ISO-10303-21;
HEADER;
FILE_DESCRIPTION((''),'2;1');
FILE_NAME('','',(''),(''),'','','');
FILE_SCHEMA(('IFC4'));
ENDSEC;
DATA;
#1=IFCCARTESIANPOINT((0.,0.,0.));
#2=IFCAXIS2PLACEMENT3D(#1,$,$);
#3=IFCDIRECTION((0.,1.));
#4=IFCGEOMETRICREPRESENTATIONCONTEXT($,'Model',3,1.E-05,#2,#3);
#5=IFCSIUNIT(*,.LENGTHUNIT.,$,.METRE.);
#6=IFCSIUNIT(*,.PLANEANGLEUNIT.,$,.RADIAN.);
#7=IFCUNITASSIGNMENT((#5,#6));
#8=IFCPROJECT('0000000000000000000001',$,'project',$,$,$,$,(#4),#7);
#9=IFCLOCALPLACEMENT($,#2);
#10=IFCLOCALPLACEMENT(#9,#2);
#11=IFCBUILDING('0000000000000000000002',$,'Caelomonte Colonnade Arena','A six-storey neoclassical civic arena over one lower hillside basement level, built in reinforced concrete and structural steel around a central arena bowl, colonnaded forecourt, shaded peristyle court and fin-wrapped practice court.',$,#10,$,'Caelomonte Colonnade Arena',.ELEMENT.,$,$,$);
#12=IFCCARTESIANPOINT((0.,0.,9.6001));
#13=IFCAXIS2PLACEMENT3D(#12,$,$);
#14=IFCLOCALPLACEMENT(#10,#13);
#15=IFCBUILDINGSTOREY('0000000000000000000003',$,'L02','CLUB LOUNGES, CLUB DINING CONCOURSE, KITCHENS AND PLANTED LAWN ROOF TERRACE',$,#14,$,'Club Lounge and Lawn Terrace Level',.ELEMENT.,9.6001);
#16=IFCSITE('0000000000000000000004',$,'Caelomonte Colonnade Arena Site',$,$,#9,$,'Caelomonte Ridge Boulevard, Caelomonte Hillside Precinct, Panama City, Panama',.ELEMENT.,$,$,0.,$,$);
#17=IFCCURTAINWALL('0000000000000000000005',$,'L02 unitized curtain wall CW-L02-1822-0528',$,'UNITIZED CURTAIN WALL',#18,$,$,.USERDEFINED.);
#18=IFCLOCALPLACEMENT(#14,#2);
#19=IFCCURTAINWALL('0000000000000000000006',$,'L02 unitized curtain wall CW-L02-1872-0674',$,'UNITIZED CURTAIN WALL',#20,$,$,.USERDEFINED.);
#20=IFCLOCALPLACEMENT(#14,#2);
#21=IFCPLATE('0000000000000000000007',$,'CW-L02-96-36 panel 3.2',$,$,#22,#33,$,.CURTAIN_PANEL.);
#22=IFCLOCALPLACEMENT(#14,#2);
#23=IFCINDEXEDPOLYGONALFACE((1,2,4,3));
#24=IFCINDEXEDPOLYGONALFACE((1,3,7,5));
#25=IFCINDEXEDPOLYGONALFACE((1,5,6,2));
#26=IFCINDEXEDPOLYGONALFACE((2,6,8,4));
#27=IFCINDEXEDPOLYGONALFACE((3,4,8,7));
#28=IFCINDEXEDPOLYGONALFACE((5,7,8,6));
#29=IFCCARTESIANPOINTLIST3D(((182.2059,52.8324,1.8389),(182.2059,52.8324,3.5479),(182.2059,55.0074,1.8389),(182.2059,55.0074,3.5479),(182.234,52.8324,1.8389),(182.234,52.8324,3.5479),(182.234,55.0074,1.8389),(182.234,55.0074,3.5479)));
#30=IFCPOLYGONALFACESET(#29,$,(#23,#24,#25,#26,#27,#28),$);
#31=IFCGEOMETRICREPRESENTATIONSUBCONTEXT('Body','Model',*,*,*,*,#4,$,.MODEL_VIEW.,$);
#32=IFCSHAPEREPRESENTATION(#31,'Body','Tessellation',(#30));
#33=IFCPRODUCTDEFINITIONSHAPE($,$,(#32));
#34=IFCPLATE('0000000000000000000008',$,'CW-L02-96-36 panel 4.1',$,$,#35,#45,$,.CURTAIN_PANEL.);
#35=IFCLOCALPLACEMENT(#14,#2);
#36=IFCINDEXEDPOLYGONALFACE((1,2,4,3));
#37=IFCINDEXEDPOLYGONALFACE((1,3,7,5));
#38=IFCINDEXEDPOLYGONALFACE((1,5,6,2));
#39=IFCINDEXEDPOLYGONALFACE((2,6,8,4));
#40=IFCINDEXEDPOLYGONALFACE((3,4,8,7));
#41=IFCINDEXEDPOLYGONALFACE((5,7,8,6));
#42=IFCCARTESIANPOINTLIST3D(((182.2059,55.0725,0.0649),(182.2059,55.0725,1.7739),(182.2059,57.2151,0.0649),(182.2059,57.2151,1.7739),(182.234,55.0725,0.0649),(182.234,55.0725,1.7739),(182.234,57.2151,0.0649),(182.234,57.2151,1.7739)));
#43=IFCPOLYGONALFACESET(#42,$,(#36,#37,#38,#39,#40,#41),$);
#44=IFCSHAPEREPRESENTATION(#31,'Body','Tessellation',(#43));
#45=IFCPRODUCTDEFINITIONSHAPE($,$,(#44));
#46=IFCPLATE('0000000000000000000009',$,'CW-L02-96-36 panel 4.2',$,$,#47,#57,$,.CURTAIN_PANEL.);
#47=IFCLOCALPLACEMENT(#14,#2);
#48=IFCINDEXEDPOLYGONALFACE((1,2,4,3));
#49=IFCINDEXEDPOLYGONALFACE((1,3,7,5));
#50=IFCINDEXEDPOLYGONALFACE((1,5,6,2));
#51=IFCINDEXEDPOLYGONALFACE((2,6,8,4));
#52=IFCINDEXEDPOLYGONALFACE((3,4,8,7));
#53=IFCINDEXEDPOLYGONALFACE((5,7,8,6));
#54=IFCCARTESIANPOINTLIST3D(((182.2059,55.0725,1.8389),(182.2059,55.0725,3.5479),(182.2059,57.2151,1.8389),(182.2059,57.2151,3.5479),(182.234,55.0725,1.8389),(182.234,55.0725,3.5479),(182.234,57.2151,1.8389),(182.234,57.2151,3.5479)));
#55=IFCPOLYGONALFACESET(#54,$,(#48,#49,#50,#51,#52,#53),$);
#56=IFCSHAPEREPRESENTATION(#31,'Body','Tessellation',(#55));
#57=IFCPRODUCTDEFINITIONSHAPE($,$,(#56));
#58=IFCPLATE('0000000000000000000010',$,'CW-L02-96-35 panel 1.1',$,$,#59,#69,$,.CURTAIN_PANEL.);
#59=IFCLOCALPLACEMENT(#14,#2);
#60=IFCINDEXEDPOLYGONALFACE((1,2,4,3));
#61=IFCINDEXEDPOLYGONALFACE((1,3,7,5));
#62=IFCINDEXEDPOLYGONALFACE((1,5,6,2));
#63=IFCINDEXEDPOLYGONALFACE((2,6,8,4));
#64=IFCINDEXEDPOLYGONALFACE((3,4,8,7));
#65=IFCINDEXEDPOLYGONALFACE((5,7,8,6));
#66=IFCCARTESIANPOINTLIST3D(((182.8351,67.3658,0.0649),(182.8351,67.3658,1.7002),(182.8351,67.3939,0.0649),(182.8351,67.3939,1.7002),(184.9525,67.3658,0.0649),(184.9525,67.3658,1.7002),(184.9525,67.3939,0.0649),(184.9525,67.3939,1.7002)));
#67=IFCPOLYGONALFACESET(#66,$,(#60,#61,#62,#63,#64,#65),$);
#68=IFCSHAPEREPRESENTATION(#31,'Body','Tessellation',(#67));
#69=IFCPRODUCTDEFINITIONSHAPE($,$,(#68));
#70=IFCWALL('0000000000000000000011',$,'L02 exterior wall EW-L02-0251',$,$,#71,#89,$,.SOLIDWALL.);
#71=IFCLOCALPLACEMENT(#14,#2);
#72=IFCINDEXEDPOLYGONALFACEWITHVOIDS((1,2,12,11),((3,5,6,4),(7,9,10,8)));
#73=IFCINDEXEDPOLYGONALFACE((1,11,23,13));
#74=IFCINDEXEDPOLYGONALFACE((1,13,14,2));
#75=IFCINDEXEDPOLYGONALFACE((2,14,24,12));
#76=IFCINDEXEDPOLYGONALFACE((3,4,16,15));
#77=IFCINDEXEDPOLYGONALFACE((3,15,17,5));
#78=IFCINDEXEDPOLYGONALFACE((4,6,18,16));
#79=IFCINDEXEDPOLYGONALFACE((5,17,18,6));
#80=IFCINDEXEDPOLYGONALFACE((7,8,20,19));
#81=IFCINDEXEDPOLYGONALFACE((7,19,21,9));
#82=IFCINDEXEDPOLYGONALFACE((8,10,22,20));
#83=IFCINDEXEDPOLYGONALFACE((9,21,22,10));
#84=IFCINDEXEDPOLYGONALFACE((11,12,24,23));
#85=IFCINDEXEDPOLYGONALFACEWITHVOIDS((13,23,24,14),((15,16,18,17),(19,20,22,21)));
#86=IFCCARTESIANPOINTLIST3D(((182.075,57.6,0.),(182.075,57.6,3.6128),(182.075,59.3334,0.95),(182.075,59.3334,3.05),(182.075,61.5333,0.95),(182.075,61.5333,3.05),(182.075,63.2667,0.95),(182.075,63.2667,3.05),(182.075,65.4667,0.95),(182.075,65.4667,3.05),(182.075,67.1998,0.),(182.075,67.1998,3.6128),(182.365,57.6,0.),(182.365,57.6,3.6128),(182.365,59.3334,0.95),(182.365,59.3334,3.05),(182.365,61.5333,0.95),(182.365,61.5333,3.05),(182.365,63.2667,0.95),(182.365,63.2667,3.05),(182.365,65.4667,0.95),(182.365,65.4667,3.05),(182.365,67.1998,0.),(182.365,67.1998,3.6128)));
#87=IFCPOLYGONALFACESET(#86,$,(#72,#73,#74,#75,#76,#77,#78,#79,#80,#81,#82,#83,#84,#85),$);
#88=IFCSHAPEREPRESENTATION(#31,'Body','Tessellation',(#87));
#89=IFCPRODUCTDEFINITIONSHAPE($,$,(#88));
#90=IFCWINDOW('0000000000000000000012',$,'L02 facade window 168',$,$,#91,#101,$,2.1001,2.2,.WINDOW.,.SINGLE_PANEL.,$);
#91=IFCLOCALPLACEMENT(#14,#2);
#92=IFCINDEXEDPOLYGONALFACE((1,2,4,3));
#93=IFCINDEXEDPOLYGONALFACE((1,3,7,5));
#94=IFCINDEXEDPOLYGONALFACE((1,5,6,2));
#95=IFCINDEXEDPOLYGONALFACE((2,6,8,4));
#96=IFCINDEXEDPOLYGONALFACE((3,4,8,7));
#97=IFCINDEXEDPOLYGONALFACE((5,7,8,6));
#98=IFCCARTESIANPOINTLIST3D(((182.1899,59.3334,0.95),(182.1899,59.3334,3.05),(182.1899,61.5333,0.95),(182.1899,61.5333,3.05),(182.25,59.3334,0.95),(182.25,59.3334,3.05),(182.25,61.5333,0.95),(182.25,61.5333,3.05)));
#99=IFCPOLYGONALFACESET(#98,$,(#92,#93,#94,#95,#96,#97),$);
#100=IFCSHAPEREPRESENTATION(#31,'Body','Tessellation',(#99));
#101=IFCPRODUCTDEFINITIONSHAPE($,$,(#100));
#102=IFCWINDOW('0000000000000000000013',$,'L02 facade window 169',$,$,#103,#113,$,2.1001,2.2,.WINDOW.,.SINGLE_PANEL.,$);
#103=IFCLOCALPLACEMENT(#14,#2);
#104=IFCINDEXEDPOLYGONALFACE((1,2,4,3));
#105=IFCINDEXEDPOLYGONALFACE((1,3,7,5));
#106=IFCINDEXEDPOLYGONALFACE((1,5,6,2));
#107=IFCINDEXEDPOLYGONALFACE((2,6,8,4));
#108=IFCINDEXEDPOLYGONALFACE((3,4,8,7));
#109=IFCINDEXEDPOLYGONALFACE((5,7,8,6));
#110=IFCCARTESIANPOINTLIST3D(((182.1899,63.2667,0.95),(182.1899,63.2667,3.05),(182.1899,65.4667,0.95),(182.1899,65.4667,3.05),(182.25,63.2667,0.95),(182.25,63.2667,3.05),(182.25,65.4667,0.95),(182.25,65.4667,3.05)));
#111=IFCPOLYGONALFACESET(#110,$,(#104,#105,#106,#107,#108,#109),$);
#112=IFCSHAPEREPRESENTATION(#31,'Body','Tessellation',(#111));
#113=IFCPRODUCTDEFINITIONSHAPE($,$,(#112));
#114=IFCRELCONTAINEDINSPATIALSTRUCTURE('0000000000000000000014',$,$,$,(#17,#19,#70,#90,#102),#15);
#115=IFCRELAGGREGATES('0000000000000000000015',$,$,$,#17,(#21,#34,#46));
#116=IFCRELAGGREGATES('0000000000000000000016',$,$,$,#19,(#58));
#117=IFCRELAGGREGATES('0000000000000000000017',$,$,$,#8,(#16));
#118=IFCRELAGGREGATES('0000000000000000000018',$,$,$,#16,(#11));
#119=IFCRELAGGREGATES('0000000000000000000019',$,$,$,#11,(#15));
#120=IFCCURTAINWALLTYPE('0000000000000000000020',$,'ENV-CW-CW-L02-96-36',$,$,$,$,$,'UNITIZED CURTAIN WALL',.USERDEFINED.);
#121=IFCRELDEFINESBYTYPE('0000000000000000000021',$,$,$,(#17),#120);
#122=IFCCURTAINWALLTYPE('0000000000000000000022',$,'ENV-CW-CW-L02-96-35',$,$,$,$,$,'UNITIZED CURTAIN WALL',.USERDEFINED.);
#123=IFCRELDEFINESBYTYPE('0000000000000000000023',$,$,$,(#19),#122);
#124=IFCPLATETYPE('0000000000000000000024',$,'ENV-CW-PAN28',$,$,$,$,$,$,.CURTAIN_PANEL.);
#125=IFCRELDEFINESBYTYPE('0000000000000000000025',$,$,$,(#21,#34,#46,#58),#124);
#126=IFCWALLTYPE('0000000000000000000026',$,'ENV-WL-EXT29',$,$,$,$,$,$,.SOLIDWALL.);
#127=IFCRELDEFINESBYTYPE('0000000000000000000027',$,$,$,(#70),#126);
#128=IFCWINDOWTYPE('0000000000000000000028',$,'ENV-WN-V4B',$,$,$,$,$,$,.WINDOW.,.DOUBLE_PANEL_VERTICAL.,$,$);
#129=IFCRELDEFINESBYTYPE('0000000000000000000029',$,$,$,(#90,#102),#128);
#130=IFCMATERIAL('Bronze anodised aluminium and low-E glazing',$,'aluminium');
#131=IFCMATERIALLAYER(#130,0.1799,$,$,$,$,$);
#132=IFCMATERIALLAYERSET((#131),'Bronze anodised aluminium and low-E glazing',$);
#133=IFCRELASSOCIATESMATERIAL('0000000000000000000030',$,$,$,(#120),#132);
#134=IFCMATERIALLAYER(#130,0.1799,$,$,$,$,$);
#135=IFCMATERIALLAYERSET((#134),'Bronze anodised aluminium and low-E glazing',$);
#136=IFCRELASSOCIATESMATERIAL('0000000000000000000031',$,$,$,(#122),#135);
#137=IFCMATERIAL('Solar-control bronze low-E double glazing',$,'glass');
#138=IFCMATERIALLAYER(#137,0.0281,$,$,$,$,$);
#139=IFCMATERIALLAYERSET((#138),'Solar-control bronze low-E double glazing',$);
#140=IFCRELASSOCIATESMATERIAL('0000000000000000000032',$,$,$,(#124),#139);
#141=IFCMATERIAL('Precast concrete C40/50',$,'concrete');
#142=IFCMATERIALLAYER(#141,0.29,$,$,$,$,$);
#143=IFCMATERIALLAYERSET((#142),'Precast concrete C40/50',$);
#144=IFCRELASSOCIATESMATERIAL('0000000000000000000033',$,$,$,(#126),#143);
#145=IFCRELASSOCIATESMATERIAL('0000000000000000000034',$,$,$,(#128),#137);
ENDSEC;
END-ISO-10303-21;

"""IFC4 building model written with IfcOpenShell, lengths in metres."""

from ifc_helpers import new_model, si_unit, direction, frame, frame_2d, origin, origin_2d, place, context, subcontext, project, spatial, rectangle, extrude, material, layer, layer_set, type_object, element, fill, aggregate, save


model = new_model("IFC4")

# Units and contexts
model_context = context("Model", 3, precision=1e-05, world=origin(), true_north=direction((0.0, 1.0)))
body_context = subcontext(model_context, "Body", "Model", "MODEL_VIEW")
ifc_project = project(units=[si_unit("LENGTHUNIT", "METRE"), si_unit("PLANEANGLEUNIT", "RADIAN")], contexts=[model_context])

# Site, building, storey
site_placement = place(None, origin())
site = spatial("IfcSite", under=ifc_project, at=site_placement, Name="Caelomonte Colonnade Arena Site", LongName="Caelomonte Ridge Boulevard, Caelomonte Hillside Precinct, Panama City, Panama", CompositionType="ELEMENT", RefElevation=0.0)
building_placement = place(site_placement, origin())
building = spatial("IfcBuilding", under=site, at=building_placement, Name="Caelomonte Colonnade Arena", Description="A six-storey neoclassical civic arena over one lower hillside basement level, built in reinforced concrete and structural steel around a central arena bowl, colonnaded forecourt, shaded peristyle court and fin-wrapped practice court.", LongName="Caelomonte Colonnade Arena", CompositionType="ELEMENT")
storey_placement = place(building_placement, frame((0.0, 0.0, 9.6001)))
storey = spatial("IfcBuildingStorey", under=building, at=storey_placement, Name="L02", Description="CLUB LOUNGES, CLUB DINING CONCOURSE, KITCHENS AND PLANTED LAWN ROOF TERRACE", LongName="Club Lounge and Lawn Terrace Level", CompositionType="ELEMENT", Elevation=9.6001)

# Curtain wall
ifc_material_1 = material(Name="Bronze anodised aluminium and low-E glazing", Category="aluminium")
ifc_layer_1 = layer(ifc_material_1, 0.1799)
ifc_layer_set_1 = layer_set([ifc_layer_1], Name="Bronze anodised aluminium and low-E glazing")
curtain_wall_type_1 = type_object("IfcCurtainWallType", Name="ENV-CW-CW-L02-96-36", ElementType="UNITIZED CURTAIN WALL", PredefinedType="USERDEFINED", material=ifc_layer_set_1)
curtain_wall_1_placement = place(storey_placement, origin())
curtain_wall_1 = element("IfcCurtainWall", 1, at=curtain_wall_1_placement, inside=storey, type_object=curtain_wall_type_1, Name="L02 unitized curtain wall CW-L02-1822-0528", ObjectType="UNITIZED CURTAIN WALL", PredefinedType="USERDEFINED")

# Curtain wall
ifc_layer_2 = layer(ifc_material_1, 0.1799)
ifc_layer_set_2 = layer_set([ifc_layer_2], Name="Bronze anodised aluminium and low-E glazing")
curtain_wall_type_2 = type_object("IfcCurtainWallType", Name="ENV-CW-CW-L02-96-35", ElementType="UNITIZED CURTAIN WALL", PredefinedType="USERDEFINED", material=ifc_layer_set_2)
curtain_wall_2_placement = place(storey_placement, origin())
curtain_wall_2 = element("IfcCurtainWall", 2, at=curtain_wall_2_placement, inside=storey, type_object=curtain_wall_type_2, Name="L02 unitized curtain wall CW-L02-1872-0674", ObjectType="UNITIZED CURTAIN WALL", PredefinedType="USERDEFINED")

# Plates
ifc_material_2 = material(Name="Solar-control bronze low-E double glazing", Category="glass")
ifc_layer_3 = layer(ifc_material_2, 0.0281)
ifc_layer_set_3 = layer_set([ifc_layer_3], Name="Solar-control bronze low-E double glazing")
plate_type = type_object("IfcPlateType", Name="ENV-CW-PAN28", PredefinedType="CURTAIN_PANEL", material=ifc_layer_set_3)
plate_1_placement = place(storey_placement, frame((182.22, 53.9199, 1.8389), z_axis=(0.0, 0.0, 1.0), x_axis=(0.0, 1.0, 0.0)))
plate_1 = element("IfcPlate", 3, at=plate_1_placement, type_object=plate_type, Name="CW-L02-96-36 panel 3.2", PredefinedType="CURTAIN_PANEL", context=body_context, shape_type="SweptSolid", body=[
    extrude(rectangle(XDim=2.175, YDim=0.0281, at=origin_2d()), origin(), (0.0, 0.0, 1.0), 1.709),
])
plate_2_placement = place(storey_placement, frame((182.22, 56.1438, 0.0649), z_axis=(0.0, 0.0, 1.0), x_axis=(0.0, 1.0, 0.0)))
plate_2 = element("IfcPlate", 4, at=plate_2_placement, type_object=plate_type, Name="CW-L02-96-36 panel 4.1", PredefinedType="CURTAIN_PANEL", context=body_context, shape_type="SweptSolid", body=[
    extrude(rectangle(XDim=2.1426, YDim=0.0281, at=origin_2d()), origin(), (0.0, 0.0, 1.0), 1.709),
])
plate_3_placement = place(storey_placement, frame((182.22, 56.1438, 1.8389), z_axis=(0.0, 0.0, 1.0), x_axis=(0.0, 1.0, 0.0)))
plate_3 = element("IfcPlate", 5, at=plate_3_placement, type_object=plate_type, Name="CW-L02-96-36 panel 4.2", PredefinedType="CURTAIN_PANEL", context=body_context, shape_type="SweptSolid", body=[
    extrude(rectangle(XDim=2.1426, YDim=0.0281, at=origin_2d()), origin(), (0.0, 0.0, 1.0), 1.709),
])
aggregate(curtain_wall_1, [plate_1, plate_2, plate_3])
plate_4_placement = place(storey_placement, frame((183.8938, 67.3799, 0.0649), z_axis=(0.0, 0.0, 1.0), x_axis=(1.0, 0.0, 0.0)))
plate_4 = element("IfcPlate", 6, at=plate_4_placement, type_object=plate_type, Name="CW-L02-96-35 panel 1.1", PredefinedType="CURTAIN_PANEL", context=body_context, shape_type="SweptSolid", body=[
    extrude(rectangle(XDim=2.1174, YDim=0.0281, at=origin_2d()), origin(), (0.0, 0.0, 1.0), 1.6353),
])
aggregate(curtain_wall_2, [plate_4])

# Wall, openings, windows
ifc_material_3 = material(Name="Precast concrete C40/50", Category="concrete")
ifc_layer_4 = layer(ifc_material_3, 0.29)
ifc_layer_set_4 = layer_set([ifc_layer_4], Name="Precast concrete C40/50")
wall_type = type_object("IfcWallType", Name="ENV-WL-EXT29", PredefinedType="SOLIDWALL", material=ifc_layer_set_4)
wall_placement = place(storey_placement, frame((182.22, 57.6001, 0.0), z_axis=(0.0, 0.0, 1.0), x_axis=(0.0, 1.0, 0.0)))
wall = element("IfcWall", 7, at=wall_placement, inside=storey, type_object=wall_type, Name="L02 exterior wall EW-L02-0251", PredefinedType="SOLIDWALL", context=body_context, shape_type="SweptSolid", body=[
    extrude(rectangle(XDim=9.5999, YDim=0.29, at=frame_2d((4.7998, 0.0))), origin(), (0.0, 0.0, 1.0), 3.6128),
])
opening_1_placement = place(wall_placement, frame((3.9333, 0.0, 0.95), z_axis=(0.0, 0.0, 1.0), x_axis=(-1.0, 0.0, 0.0)))
opening_1 = element("IfcOpeningElement", 8, at=opening_1_placement, cuts=wall, PredefinedType="OPENING", context=body_context, shape_type="SweptSolid", body=[
    extrude(rectangle(XDim=2.2, YDim=2.1001, at=frame_2d((1.1001, 1.05))), frame((0.0, 0.155, 0.0), z_axis=(0.0, -1.0, 0.0), x_axis=(1.0, 0.0, 0.0)), (0.0, 0.0, 1.0), 0.3101),
])
opening_2_placement = place(wall_placement, frame((7.8667, 0.0, 0.95), z_axis=(0.0, 0.0, 1.0), x_axis=(-1.0, 0.0, 0.0)))
opening_2 = element("IfcOpeningElement", 9, at=opening_2_placement, cuts=wall, PredefinedType="OPENING", context=body_context, shape_type="SweptSolid", body=[
    extrude(rectangle(XDim=2.2, YDim=2.1001, at=frame_2d((1.1001, 1.05))), frame((0.0, 0.155, 0.0), z_axis=(0.0, -1.0, 0.0), x_axis=(1.0, 0.0, 0.0)), (0.0, 0.0, 1.0), 0.3101),
])
window_type = type_object("IfcWindowType", Name="ENV-WN-V4B", PartitioningType="DOUBLE_PANEL_VERTICAL", PredefinedType="WINDOW", material=ifc_material_2)
window_1_placement = place(opening_1_placement, origin())
window_1 = element("IfcWindow", 10, at=window_1_placement, inside=storey, type_object=window_type, Name="L02 facade window 168", OverallHeight=2.1001, OverallWidth=2.2, PartitioningType="SINGLE_PANEL", PredefinedType="WINDOW", context=body_context, shape_type="SweptSolid", body=[
    extrude(rectangle(XDim=2.2, YDim=2.1001, at=frame_2d((1.1001, 1.05))), frame((0.0, 0.03, 0.0), z_axis=(0.0, -1.0, 0.0), x_axis=(1.0, 0.0, 0.0)), (0.0, 0.0, 1.0), 0.0601),
])
fill(opening_1, window_1)
window_2_placement = place(opening_2_placement, origin())
window_2 = element("IfcWindow", 11, at=window_2_placement, inside=storey, type_object=window_type, Name="L02 facade window 169", OverallHeight=2.1001, OverallWidth=2.2, PartitioningType="SINGLE_PANEL", PredefinedType="WINDOW", context=body_context, shape_type="SweptSolid", body=[
    extrude(rectangle(XDim=2.2, YDim=2.1001, at=frame_2d((1.1001, 1.05))), frame((0.0, 0.03, 0.0), z_axis=(0.0, -1.0, 0.0), x_axis=(1.0, 0.0, 0.0)), (0.0, 0.0, 1.0), 0.0601),
])
fill(opening_2, window_2)

save(model, "model.ifc")
